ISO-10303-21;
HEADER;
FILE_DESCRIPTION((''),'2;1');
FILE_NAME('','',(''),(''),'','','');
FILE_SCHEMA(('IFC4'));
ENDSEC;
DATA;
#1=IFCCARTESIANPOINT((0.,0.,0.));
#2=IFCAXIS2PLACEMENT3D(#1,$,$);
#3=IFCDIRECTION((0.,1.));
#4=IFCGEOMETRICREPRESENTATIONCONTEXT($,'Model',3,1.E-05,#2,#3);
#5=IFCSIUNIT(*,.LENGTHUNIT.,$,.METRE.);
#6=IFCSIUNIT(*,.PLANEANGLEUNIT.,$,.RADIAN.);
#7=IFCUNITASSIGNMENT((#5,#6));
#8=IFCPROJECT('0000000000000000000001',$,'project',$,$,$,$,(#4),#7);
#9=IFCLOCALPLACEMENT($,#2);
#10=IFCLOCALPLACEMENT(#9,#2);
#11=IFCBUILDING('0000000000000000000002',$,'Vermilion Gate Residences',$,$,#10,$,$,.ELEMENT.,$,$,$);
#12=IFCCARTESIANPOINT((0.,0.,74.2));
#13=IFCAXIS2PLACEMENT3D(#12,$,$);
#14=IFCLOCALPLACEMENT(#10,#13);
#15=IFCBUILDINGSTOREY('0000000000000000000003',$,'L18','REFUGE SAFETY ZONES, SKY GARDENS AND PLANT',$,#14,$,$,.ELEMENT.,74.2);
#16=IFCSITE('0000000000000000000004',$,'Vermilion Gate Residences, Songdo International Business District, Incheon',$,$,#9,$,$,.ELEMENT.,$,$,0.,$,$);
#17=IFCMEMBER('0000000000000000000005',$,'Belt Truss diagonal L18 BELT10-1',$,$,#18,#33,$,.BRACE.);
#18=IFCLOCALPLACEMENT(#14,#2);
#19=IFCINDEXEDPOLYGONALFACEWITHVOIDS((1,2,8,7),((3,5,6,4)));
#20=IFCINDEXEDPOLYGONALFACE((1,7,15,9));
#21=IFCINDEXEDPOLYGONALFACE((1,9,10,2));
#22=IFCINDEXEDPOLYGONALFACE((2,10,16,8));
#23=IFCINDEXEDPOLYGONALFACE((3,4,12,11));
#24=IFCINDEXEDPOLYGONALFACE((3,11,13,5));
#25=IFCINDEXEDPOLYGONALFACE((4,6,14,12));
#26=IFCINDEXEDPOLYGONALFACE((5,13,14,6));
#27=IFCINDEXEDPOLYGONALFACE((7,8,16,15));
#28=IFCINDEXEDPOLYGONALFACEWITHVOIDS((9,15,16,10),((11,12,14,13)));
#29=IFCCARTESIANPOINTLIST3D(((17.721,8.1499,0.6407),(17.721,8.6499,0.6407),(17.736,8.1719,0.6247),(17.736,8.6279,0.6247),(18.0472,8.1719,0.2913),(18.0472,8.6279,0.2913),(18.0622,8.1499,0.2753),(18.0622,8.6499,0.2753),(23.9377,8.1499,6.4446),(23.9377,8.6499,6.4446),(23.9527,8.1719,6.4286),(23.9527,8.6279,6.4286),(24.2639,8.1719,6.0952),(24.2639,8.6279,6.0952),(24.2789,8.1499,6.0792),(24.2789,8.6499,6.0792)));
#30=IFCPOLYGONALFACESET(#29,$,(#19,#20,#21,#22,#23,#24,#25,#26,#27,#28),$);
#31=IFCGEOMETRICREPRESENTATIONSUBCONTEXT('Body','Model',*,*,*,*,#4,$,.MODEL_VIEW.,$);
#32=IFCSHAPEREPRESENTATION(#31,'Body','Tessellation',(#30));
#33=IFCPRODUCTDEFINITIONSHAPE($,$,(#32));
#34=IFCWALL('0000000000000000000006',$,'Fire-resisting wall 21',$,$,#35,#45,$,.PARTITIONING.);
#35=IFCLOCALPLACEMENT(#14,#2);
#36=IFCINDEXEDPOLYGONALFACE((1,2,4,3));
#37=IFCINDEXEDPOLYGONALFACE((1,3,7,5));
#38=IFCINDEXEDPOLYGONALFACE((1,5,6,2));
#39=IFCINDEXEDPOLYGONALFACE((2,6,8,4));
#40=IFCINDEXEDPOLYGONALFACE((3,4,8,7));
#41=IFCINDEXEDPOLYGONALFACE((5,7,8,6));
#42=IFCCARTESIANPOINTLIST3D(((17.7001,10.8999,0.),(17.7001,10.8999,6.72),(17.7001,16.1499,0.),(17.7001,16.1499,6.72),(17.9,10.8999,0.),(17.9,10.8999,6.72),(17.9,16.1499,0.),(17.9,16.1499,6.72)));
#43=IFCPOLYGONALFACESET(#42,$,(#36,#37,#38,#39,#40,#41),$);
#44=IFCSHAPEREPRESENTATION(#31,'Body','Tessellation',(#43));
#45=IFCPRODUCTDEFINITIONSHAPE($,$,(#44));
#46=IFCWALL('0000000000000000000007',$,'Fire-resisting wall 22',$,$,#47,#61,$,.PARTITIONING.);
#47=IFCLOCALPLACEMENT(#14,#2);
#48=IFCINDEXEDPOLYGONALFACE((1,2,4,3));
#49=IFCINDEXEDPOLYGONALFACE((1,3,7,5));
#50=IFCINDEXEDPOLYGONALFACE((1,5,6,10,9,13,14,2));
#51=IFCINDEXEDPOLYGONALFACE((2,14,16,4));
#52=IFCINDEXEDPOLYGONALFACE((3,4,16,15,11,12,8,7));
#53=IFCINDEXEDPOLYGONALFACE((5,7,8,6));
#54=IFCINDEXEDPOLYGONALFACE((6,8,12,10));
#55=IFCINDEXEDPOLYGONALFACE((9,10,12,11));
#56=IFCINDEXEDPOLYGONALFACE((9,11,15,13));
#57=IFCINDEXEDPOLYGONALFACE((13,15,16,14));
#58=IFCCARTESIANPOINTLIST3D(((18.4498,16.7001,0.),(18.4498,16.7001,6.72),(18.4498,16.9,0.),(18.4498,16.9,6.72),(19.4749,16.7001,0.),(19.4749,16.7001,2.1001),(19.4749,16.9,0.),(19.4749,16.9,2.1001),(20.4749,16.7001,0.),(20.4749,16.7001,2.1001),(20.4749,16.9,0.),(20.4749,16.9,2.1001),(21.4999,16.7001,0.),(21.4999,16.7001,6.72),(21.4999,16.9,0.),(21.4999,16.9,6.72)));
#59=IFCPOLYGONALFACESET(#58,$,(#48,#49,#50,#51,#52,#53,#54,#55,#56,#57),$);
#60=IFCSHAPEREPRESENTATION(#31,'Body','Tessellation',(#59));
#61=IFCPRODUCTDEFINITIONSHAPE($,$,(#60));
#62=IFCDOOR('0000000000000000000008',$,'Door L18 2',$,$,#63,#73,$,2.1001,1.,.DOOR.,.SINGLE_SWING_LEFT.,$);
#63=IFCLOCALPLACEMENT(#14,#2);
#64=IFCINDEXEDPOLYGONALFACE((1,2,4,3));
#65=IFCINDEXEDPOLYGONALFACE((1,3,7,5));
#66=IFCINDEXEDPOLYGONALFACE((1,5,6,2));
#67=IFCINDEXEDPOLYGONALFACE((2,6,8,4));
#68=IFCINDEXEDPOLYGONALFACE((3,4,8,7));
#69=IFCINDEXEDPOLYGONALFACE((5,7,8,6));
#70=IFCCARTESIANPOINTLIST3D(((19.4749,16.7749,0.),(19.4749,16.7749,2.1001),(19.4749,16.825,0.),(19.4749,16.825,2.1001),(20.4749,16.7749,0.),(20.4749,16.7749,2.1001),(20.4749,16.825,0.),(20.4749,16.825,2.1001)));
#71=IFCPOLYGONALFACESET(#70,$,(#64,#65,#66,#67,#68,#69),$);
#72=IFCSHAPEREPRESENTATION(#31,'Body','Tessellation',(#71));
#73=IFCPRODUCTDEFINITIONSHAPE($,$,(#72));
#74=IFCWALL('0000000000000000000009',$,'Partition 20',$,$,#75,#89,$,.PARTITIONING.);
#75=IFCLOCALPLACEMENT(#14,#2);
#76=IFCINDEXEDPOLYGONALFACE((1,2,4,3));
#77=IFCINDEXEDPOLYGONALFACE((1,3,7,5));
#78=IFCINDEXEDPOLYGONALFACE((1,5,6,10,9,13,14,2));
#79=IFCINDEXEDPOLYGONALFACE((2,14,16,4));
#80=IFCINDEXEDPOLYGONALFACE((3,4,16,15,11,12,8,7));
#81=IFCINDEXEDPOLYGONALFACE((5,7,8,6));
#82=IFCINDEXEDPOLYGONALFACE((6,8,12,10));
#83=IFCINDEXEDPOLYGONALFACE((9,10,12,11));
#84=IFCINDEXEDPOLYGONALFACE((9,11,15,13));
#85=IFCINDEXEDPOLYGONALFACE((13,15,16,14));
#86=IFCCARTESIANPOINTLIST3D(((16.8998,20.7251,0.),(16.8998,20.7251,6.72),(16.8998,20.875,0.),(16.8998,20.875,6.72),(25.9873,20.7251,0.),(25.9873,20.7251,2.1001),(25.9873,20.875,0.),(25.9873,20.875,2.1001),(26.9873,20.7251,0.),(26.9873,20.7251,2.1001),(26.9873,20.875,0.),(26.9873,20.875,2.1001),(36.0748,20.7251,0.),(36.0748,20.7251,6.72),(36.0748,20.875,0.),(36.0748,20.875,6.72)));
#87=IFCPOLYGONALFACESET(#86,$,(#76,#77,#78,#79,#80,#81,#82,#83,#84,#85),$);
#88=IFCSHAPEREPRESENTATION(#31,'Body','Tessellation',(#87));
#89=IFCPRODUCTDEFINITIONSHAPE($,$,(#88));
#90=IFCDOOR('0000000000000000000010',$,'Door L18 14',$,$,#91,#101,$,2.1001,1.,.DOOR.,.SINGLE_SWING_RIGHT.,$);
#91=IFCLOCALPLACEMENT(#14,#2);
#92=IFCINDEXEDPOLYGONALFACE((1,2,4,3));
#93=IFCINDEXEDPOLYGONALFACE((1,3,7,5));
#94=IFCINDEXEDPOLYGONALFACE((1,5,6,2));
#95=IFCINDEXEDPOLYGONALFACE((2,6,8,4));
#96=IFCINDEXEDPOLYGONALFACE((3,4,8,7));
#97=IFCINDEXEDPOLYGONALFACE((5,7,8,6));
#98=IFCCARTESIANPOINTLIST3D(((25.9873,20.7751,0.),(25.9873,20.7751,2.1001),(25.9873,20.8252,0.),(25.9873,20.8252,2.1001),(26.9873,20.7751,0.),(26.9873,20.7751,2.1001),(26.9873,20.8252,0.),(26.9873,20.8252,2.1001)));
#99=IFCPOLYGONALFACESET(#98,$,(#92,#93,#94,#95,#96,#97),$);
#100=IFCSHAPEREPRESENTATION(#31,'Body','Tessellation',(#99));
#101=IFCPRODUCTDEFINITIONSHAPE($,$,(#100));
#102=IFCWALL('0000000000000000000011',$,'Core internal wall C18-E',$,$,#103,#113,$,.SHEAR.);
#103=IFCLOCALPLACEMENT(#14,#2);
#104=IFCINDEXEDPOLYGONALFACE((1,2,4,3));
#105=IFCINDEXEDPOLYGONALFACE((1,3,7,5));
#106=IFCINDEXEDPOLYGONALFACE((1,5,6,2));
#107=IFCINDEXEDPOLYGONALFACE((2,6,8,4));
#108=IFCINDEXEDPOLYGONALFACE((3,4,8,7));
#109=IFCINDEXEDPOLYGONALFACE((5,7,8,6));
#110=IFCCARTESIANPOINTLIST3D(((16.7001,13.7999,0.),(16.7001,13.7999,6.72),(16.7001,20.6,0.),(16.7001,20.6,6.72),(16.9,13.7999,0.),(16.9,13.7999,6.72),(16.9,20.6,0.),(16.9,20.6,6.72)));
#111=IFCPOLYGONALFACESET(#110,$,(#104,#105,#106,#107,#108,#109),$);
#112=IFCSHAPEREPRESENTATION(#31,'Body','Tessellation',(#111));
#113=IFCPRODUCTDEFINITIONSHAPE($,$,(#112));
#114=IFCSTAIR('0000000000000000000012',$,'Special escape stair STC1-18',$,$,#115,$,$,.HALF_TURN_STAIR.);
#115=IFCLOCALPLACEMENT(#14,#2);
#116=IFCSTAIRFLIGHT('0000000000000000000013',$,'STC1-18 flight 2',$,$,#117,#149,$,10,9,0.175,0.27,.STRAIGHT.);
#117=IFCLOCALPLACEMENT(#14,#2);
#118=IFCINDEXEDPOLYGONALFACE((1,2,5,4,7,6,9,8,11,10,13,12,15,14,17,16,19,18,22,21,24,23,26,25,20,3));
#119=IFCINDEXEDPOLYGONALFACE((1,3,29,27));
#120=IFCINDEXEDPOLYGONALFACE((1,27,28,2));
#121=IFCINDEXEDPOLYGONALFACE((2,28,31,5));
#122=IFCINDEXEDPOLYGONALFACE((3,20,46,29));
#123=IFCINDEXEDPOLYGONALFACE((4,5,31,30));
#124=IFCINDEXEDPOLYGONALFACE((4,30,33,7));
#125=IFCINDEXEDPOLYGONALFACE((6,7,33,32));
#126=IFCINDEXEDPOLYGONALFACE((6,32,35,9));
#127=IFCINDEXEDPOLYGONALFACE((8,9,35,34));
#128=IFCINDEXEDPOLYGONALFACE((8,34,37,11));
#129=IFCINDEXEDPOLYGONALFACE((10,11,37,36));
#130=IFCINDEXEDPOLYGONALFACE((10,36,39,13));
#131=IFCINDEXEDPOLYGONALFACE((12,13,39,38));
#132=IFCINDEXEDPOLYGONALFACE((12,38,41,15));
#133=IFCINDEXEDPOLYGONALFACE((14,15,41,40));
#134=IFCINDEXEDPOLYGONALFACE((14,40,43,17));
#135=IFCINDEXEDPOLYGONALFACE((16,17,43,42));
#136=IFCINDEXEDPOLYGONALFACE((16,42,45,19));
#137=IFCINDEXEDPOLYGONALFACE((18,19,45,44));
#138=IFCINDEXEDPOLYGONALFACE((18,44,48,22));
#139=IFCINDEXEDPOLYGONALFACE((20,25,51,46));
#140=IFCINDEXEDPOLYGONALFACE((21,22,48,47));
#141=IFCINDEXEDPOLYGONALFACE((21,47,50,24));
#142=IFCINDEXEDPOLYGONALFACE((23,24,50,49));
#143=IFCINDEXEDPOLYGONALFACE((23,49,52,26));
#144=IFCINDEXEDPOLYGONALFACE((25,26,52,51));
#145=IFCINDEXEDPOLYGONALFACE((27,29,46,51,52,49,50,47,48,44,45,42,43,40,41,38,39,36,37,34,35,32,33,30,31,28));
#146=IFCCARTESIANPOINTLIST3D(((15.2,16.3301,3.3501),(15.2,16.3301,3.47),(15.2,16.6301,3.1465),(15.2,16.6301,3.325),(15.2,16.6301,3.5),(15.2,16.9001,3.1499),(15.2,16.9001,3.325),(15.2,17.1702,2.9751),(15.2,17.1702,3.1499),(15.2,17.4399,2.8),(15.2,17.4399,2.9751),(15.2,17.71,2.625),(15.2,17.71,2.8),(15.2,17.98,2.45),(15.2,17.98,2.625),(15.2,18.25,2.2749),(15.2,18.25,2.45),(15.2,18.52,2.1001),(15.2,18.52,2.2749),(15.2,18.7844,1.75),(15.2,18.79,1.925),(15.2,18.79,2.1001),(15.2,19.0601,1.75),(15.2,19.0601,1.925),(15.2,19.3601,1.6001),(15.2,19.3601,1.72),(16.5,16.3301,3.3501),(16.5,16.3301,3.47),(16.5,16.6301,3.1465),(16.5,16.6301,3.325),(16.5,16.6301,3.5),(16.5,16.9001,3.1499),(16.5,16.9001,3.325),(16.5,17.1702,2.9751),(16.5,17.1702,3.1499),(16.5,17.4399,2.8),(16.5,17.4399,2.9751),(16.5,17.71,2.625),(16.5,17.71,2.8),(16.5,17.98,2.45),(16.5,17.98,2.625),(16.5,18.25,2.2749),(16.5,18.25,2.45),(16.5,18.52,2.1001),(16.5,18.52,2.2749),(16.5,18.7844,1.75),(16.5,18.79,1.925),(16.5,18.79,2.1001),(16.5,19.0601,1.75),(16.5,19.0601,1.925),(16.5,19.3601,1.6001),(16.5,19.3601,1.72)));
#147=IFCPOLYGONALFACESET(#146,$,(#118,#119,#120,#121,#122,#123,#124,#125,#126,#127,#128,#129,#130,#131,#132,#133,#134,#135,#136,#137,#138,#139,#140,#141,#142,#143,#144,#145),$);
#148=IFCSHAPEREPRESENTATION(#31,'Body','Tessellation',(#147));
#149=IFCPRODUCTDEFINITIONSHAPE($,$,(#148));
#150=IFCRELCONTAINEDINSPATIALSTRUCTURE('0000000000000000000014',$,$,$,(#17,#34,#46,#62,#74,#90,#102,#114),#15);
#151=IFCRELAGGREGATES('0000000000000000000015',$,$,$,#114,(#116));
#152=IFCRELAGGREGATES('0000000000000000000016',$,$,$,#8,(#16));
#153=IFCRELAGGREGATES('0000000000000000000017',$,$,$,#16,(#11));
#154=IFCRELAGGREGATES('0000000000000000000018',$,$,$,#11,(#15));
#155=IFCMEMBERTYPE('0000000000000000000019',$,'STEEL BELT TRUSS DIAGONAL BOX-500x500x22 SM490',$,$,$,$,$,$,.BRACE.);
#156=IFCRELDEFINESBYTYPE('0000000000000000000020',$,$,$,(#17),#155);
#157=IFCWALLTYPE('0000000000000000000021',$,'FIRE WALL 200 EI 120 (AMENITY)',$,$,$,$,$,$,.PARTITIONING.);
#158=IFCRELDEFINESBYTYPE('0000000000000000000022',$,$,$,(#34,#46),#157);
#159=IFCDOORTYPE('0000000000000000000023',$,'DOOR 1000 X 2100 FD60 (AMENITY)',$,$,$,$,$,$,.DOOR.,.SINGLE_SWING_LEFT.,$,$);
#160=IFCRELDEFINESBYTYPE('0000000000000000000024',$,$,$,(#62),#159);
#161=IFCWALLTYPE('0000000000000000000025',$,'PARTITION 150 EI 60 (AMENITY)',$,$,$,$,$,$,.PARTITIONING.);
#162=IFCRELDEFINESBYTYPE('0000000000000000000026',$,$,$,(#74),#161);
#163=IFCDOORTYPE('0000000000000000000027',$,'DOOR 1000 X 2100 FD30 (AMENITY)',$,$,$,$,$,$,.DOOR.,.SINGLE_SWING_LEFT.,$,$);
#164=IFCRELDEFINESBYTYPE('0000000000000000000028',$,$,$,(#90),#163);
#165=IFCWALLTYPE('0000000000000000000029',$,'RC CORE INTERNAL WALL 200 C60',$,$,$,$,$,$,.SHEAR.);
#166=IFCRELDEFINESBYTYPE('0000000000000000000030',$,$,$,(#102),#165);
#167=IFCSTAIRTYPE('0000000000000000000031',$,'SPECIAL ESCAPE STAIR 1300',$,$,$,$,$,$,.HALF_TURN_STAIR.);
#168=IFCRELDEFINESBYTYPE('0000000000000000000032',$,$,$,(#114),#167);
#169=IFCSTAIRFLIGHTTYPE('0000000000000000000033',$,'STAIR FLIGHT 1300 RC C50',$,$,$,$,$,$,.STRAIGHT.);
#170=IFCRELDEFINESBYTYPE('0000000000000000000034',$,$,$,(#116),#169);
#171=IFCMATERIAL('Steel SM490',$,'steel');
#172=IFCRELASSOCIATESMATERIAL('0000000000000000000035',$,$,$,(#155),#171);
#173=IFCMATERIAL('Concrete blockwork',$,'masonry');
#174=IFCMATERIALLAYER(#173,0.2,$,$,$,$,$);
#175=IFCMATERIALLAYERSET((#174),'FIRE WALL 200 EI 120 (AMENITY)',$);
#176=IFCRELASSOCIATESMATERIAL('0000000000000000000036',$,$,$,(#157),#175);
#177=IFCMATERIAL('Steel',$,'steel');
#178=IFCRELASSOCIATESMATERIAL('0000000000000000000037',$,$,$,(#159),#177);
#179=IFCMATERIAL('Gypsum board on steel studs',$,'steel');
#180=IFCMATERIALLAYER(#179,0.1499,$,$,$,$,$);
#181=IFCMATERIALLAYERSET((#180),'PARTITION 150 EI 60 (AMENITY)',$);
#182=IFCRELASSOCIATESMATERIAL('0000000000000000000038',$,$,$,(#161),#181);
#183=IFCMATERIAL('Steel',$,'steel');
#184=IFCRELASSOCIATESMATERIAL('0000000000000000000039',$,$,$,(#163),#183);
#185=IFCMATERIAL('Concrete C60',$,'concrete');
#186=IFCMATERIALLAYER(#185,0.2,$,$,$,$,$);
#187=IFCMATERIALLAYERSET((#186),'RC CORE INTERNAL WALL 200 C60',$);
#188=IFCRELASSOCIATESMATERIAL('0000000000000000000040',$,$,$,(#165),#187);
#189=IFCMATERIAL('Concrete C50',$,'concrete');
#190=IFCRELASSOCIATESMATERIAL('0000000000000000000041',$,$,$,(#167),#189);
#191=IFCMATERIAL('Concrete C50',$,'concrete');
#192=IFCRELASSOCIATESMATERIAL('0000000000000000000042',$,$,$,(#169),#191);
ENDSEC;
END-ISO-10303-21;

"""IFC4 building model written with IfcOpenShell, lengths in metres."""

from ifc_helpers import new_model, si_unit, direction, frame, frame_2d, origin, origin_2d, place, context, subcontext, project, spatial, polyline, rectangle, hollow_rectangle, outline, extrude, material, layer, layer_set, material_profile, profile_set, type_object, element, fill, aggregate, save


model = new_model("IFC4")

# Units and contexts
model_context = context("Model", 3, precision=1e-05, world=origin(), true_north=direction((0.0, 1.0)))
body_context = subcontext(model_context, "Body", "Model", "MODEL_VIEW")
ifc_project = project(units=[si_unit("LENGTHUNIT", "METRE"), si_unit("PLANEANGLEUNIT", "RADIAN")], contexts=[model_context])

# Site, building, storey
site_placement = place(None, origin())
site = spatial("IfcSite", under=ifc_project, at=site_placement, Name="Vermilion Gate Residences, Songdo International Business District, Incheon", CompositionType="ELEMENT", RefElevation=0.0)
building_placement = place(site_placement, origin())
building = spatial("IfcBuilding", under=site, at=building_placement, Name="Vermilion Gate Residences", CompositionType="ELEMENT")
storey_placement = place(building_placement, frame((0.0, 0.0, 74.2)))
storey = spatial("IfcBuildingStorey", under=building, at=storey_placement, Name="L18", Description="REFUGE SAFETY ZONES, SKY GARDENS AND PLANT", CompositionType="ELEMENT", Elevation=74.2)

# Member
ifc_material_1 = material(Name="Steel SM490", Category="steel")
ifc_material_profile_1 = material_profile(ifc_material_1, hollow_rectangle(XDim=0.5, YDim=0.5, WallThickness=0.022, at=origin_2d()), Name="BOX-500x500x22")
ifc_profile_set_1 = profile_set([ifc_material_profile_1], Name="Steel SM490")
member_type_1 = type_object("IfcMemberType", Name="STEEL BELT TRUSS DIAGONAL BOX-500x500x22 SM490", PredefinedType="BRACE", material=ifc_profile_set_1)
member_1_placement = place(storey_placement, frame((17.8916, 8.3999, 0.458), z_axis=(0.730961, 0.0, 0.682419), x_axis=(0.0, 1.0, 0.0)))
element("IfcMember", 1, at=member_1_placement, inside=storey, type_object=member_type_1, Name="Belt Truss diagonal L18 BELT10-1", PredefinedType="BRACE", context=body_context, shape_type="SweptSolid", body=[
    extrude(hollow_rectangle(XDim=0.5, YDim=0.5, WallThickness=0.022, at=origin_2d()), origin(), (0.0, 0.0, 1.0), 8.5049),
])

# Wall
ifc_material_2 = material(Name="Concrete blockwork", Category="masonry")
ifc_layer_1 = layer(ifc_material_2, 0.2)
ifc_layer_set_1 = layer_set([ifc_layer_1], Name="FIRE WALL 200 EI 120 (AMENITY)")
wall_type_1 = type_object("IfcWallType", Name="FIRE WALL 200 EI 120 (AMENITY)", PredefinedType="PARTITIONING", material=ifc_layer_set_1)
wall_1_placement = place(storey_placement, frame((17.8, 10.8999, 0.0), z_axis=(0.0, 0.0, 1.0), x_axis=(0.0, 1.0, 0.0)))
element("IfcWall", 2, at=wall_1_placement, inside=storey, type_object=wall_type_1, Name="Fire-resisting wall 21", PredefinedType="PARTITIONING", context=body_context, shape_type="SweptSolid", body=[
    extrude(rectangle(XDim=5.25, YDim=0.2, at=frame_2d((2.625, 0.0))), origin(), (0.0, 0.0, 1.0), 6.72),
])

# Walls, openings, doors
wall_2_placement = place(storey_placement, frame((18.45, 16.8, 0.0), z_axis=(0.0, 0.0, 1.0), x_axis=(1.0, 0.0, 0.0)))
wall_2 = element("IfcWall", 3, at=wall_2_placement, inside=storey, type_object=wall_type_1, Name="Fire-resisting wall 22", PredefinedType="PARTITIONING", context=body_context, shape_type="SweptSolid", body=[
    extrude(rectangle(XDim=3.05, YDim=0.2, at=frame_2d((1.5249, 0.0))), origin(), (0.0, 0.0, 1.0), 6.72),
])
opening_1_placement = place(wall_2_placement, frame((1.0249, 0.0, 0.0)))
opening_1 = element("IfcOpeningElement", 4, at=opening_1_placement, cuts=wall_2, PredefinedType="OPENING", context=body_context, shape_type="SweptSolid", body=[
    extrude(rectangle(XDim=1.0, YDim=2.1001, at=frame_2d((0.5, 1.05))), frame((0.0, 0.1099, 0.0), z_axis=(0.0, -1.0, 0.0), x_axis=(1.0, 0.0, 0.0)), (0.0, 0.0, 1.0), 0.22),
])
ifc_material_3 = material(Name="Steel", Category="steel")
door_type_1 = type_object("IfcDoorType", Name="DOOR 1000 X 2100 FD60 (AMENITY)", OperationType="SINGLE_SWING_LEFT", PredefinedType="DOOR", material=ifc_material_3)
door_1_placement = place(opening_1_placement, origin())
door_1 = element("IfcDoor", 5, at=door_1_placement, inside=storey, type_object=door_type_1, Name="Door L18 2", OperationType="SINGLE_SWING_LEFT", OverallHeight=2.1001, OverallWidth=1.0, PredefinedType="DOOR", context=body_context, shape_type="SweptSolid", body=[
    extrude(rectangle(XDim=1.0, YDim=2.1001, at=frame_2d((0.5, 1.05))), frame((0.0, 0.0249, 0.0), z_axis=(0.0, -1.0, 0.0), x_axis=(1.0, 0.0, 0.0)), (0.0, 0.0, 1.0), 0.05),
])
fill(opening_1, door_1)
ifc_material_4 = material(Name="Gypsum board on steel studs", Category="steel")
ifc_layer_2 = layer(ifc_material_4, 0.1499)
ifc_layer_set_2 = layer_set([ifc_layer_2], Name="PARTITION 150 EI 60 (AMENITY)")
wall_type_2 = type_object("IfcWallType", Name="PARTITION 150 EI 60 (AMENITY)", PredefinedType="PARTITIONING", material=ifc_layer_set_2)
wall_3_placement = place(storey_placement, frame((16.8999, 20.8, 0.0), z_axis=(0.0, 0.0, 1.0), x_axis=(1.0, 0.0, 0.0)))
wall_3 = element("IfcWall", 6, at=wall_3_placement, inside=storey, type_object=wall_type_2, Name="Partition 20", PredefinedType="PARTITIONING", context=body_context, shape_type="SweptSolid", body=[
    extrude(rectangle(XDim=19.175, YDim=0.1499, at=frame_2d((9.5874, 0.0))), origin(), (0.0, 0.0, 1.0), 6.72),
])
opening_2_placement = place(wall_3_placement, frame((9.0874, 0.0, 0.0)))
opening_2 = element("IfcOpeningElement", 7, at=opening_2_placement, cuts=wall_3, PredefinedType="OPENING", context=body_context, shape_type="SweptSolid", body=[
    extrude(rectangle(XDim=1.0, YDim=2.1001, at=frame_2d((0.5, 1.05))), frame((0.0, 0.085, 0.0), z_axis=(0.0, -1.0, 0.0), x_axis=(1.0, 0.0, 0.0)), (0.0, 0.0, 1.0), 0.1699),
])
ifc_material_5 = material(Name="Steel", Category="steel")
door_type_2 = type_object("IfcDoorType", Name="DOOR 1000 X 2100 FD30 (AMENITY)", OperationType="SINGLE_SWING_LEFT", PredefinedType="DOOR", material=ifc_material_5)
door_2_placement = place(opening_2_placement, frame((1.0, 0.0, 0.0), z_axis=(0.0, 0.0, 1.0), x_axis=(-1.0, 0.0, 0.0)))
door_2 = element("IfcDoor", 8, at=door_2_placement, inside=storey, type_object=door_type_2, Name="Door L18 14", OperationType="SINGLE_SWING_RIGHT", OverallHeight=2.1001, OverallWidth=1.0, PredefinedType="DOOR", context=body_context, shape_type="SweptSolid", body=[
    extrude(rectangle(XDim=1.0, YDim=2.1001, at=frame_2d((0.5, 1.05))), frame((0.0, 0.0249, 0.0), z_axis=(0.0, -1.0, 0.0), x_axis=(1.0, 0.0, 0.0)), (0.0, 0.0, 1.0), 0.05),
])
fill(opening_2, door_2)

# Wall
ifc_material_6 = material(Name="Concrete C60", Category="concrete")
ifc_layer_3 = layer(ifc_material_6, 0.2)
ifc_layer_set_3 = layer_set([ifc_layer_3], Name="RC CORE INTERNAL WALL 200 C60")
wall_type_3 = type_object("IfcWallType", Name="RC CORE INTERNAL WALL 200 C60", PredefinedType="SHEAR", material=ifc_layer_set_3)
wall_4_placement = place(storey_placement, frame((16.8, 13.8, 0.0), z_axis=(0.0, 0.0, 1.0), x_axis=(0.0, 1.0, 0.0)))
element("IfcWall", 9, at=wall_4_placement, inside=storey, type_object=wall_type_3, Name="Core internal wall C18-E", PredefinedType="SHEAR", context=body_context, shape_type="SweptSolid", body=[
    extrude(rectangle(XDim=6.8, YDim=0.2, at=frame_2d((3.3999, 0.0))), origin(), (0.0, 0.0, 1.0), 6.72),
])

# Stair, stair flight
ifc_material_7 = material(Name="Concrete C50", Category="concrete")
stair_type = type_object("IfcStairType", Name="SPECIAL ESCAPE STAIR 1300", PredefinedType="HALF_TURN_STAIR", material=ifc_material_7)
stair_placement = place(storey_placement, origin())
stair = element("IfcStair", 10, at=stair_placement, inside=storey, type_object=stair_type, Name="Special escape stair STC1-18", PredefinedType="HALF_TURN_STAIR")
ifc_material_8 = material(Name="Concrete C50", Category="concrete")
stair_flight_type = type_object("IfcStairFlightType", Name="STAIR FLIGHT 1300 RC C50", PredefinedType="STRAIGHT", material=ifc_material_8)
stair_flight_1_placement = place(storey_placement, frame((15.8501, 19.0601, 1.75), z_axis=(0.0, 0.0, 1.0), x_axis=(0.0, -1.0, 0.0)))
stair_flight_1 = element("IfcStairFlight", 11, at=stair_flight_1_placement, type_object=stair_flight_type, Name="STC1-18 flight 2", NumberOfRisers=10, NumberOfTreads=9, PredefinedType="STRAIGHT", RiserHeight=0.175, TreadLength=0.27, context=body_context, shape_type="SweptSolid", body=[
    extrude(outline(polyline([(-0.3, -0.1499), (-0.3, -0.03), (0.0, 0.0), (0.0, 0.175), (0.27, 0.175), (0.27, 0.3501), (0.54, 0.3501), (0.54, 0.5249), (0.8101, 0.5249), (0.8101, 0.7), (1.0801, 0.7), (1.0801, 0.875), (1.3501, 0.875), (1.3501, 1.05), (1.6201, 1.05), (1.6201, 1.2251), (1.8899, 1.2251), (1.8899, 1.3999), (2.1599, 1.3999), (2.1599, 1.575), (2.4299, 1.575), (2.4299, 1.75), (2.73, 1.72), (2.73, 1.6001), (2.4299, 1.3965), (0.2756, 0.0), (-0.3, -0.1499)])), frame((0.0, 0.6499, 0.0), z_axis=(0.0, -1.0, 0.0), x_axis=(1.0, 0.0, 0.0)), (0.0, 0.0, 1.0), 1.3),
])
aggregate(stair, [stair_flight_1])

save(model, "model.ifc")
